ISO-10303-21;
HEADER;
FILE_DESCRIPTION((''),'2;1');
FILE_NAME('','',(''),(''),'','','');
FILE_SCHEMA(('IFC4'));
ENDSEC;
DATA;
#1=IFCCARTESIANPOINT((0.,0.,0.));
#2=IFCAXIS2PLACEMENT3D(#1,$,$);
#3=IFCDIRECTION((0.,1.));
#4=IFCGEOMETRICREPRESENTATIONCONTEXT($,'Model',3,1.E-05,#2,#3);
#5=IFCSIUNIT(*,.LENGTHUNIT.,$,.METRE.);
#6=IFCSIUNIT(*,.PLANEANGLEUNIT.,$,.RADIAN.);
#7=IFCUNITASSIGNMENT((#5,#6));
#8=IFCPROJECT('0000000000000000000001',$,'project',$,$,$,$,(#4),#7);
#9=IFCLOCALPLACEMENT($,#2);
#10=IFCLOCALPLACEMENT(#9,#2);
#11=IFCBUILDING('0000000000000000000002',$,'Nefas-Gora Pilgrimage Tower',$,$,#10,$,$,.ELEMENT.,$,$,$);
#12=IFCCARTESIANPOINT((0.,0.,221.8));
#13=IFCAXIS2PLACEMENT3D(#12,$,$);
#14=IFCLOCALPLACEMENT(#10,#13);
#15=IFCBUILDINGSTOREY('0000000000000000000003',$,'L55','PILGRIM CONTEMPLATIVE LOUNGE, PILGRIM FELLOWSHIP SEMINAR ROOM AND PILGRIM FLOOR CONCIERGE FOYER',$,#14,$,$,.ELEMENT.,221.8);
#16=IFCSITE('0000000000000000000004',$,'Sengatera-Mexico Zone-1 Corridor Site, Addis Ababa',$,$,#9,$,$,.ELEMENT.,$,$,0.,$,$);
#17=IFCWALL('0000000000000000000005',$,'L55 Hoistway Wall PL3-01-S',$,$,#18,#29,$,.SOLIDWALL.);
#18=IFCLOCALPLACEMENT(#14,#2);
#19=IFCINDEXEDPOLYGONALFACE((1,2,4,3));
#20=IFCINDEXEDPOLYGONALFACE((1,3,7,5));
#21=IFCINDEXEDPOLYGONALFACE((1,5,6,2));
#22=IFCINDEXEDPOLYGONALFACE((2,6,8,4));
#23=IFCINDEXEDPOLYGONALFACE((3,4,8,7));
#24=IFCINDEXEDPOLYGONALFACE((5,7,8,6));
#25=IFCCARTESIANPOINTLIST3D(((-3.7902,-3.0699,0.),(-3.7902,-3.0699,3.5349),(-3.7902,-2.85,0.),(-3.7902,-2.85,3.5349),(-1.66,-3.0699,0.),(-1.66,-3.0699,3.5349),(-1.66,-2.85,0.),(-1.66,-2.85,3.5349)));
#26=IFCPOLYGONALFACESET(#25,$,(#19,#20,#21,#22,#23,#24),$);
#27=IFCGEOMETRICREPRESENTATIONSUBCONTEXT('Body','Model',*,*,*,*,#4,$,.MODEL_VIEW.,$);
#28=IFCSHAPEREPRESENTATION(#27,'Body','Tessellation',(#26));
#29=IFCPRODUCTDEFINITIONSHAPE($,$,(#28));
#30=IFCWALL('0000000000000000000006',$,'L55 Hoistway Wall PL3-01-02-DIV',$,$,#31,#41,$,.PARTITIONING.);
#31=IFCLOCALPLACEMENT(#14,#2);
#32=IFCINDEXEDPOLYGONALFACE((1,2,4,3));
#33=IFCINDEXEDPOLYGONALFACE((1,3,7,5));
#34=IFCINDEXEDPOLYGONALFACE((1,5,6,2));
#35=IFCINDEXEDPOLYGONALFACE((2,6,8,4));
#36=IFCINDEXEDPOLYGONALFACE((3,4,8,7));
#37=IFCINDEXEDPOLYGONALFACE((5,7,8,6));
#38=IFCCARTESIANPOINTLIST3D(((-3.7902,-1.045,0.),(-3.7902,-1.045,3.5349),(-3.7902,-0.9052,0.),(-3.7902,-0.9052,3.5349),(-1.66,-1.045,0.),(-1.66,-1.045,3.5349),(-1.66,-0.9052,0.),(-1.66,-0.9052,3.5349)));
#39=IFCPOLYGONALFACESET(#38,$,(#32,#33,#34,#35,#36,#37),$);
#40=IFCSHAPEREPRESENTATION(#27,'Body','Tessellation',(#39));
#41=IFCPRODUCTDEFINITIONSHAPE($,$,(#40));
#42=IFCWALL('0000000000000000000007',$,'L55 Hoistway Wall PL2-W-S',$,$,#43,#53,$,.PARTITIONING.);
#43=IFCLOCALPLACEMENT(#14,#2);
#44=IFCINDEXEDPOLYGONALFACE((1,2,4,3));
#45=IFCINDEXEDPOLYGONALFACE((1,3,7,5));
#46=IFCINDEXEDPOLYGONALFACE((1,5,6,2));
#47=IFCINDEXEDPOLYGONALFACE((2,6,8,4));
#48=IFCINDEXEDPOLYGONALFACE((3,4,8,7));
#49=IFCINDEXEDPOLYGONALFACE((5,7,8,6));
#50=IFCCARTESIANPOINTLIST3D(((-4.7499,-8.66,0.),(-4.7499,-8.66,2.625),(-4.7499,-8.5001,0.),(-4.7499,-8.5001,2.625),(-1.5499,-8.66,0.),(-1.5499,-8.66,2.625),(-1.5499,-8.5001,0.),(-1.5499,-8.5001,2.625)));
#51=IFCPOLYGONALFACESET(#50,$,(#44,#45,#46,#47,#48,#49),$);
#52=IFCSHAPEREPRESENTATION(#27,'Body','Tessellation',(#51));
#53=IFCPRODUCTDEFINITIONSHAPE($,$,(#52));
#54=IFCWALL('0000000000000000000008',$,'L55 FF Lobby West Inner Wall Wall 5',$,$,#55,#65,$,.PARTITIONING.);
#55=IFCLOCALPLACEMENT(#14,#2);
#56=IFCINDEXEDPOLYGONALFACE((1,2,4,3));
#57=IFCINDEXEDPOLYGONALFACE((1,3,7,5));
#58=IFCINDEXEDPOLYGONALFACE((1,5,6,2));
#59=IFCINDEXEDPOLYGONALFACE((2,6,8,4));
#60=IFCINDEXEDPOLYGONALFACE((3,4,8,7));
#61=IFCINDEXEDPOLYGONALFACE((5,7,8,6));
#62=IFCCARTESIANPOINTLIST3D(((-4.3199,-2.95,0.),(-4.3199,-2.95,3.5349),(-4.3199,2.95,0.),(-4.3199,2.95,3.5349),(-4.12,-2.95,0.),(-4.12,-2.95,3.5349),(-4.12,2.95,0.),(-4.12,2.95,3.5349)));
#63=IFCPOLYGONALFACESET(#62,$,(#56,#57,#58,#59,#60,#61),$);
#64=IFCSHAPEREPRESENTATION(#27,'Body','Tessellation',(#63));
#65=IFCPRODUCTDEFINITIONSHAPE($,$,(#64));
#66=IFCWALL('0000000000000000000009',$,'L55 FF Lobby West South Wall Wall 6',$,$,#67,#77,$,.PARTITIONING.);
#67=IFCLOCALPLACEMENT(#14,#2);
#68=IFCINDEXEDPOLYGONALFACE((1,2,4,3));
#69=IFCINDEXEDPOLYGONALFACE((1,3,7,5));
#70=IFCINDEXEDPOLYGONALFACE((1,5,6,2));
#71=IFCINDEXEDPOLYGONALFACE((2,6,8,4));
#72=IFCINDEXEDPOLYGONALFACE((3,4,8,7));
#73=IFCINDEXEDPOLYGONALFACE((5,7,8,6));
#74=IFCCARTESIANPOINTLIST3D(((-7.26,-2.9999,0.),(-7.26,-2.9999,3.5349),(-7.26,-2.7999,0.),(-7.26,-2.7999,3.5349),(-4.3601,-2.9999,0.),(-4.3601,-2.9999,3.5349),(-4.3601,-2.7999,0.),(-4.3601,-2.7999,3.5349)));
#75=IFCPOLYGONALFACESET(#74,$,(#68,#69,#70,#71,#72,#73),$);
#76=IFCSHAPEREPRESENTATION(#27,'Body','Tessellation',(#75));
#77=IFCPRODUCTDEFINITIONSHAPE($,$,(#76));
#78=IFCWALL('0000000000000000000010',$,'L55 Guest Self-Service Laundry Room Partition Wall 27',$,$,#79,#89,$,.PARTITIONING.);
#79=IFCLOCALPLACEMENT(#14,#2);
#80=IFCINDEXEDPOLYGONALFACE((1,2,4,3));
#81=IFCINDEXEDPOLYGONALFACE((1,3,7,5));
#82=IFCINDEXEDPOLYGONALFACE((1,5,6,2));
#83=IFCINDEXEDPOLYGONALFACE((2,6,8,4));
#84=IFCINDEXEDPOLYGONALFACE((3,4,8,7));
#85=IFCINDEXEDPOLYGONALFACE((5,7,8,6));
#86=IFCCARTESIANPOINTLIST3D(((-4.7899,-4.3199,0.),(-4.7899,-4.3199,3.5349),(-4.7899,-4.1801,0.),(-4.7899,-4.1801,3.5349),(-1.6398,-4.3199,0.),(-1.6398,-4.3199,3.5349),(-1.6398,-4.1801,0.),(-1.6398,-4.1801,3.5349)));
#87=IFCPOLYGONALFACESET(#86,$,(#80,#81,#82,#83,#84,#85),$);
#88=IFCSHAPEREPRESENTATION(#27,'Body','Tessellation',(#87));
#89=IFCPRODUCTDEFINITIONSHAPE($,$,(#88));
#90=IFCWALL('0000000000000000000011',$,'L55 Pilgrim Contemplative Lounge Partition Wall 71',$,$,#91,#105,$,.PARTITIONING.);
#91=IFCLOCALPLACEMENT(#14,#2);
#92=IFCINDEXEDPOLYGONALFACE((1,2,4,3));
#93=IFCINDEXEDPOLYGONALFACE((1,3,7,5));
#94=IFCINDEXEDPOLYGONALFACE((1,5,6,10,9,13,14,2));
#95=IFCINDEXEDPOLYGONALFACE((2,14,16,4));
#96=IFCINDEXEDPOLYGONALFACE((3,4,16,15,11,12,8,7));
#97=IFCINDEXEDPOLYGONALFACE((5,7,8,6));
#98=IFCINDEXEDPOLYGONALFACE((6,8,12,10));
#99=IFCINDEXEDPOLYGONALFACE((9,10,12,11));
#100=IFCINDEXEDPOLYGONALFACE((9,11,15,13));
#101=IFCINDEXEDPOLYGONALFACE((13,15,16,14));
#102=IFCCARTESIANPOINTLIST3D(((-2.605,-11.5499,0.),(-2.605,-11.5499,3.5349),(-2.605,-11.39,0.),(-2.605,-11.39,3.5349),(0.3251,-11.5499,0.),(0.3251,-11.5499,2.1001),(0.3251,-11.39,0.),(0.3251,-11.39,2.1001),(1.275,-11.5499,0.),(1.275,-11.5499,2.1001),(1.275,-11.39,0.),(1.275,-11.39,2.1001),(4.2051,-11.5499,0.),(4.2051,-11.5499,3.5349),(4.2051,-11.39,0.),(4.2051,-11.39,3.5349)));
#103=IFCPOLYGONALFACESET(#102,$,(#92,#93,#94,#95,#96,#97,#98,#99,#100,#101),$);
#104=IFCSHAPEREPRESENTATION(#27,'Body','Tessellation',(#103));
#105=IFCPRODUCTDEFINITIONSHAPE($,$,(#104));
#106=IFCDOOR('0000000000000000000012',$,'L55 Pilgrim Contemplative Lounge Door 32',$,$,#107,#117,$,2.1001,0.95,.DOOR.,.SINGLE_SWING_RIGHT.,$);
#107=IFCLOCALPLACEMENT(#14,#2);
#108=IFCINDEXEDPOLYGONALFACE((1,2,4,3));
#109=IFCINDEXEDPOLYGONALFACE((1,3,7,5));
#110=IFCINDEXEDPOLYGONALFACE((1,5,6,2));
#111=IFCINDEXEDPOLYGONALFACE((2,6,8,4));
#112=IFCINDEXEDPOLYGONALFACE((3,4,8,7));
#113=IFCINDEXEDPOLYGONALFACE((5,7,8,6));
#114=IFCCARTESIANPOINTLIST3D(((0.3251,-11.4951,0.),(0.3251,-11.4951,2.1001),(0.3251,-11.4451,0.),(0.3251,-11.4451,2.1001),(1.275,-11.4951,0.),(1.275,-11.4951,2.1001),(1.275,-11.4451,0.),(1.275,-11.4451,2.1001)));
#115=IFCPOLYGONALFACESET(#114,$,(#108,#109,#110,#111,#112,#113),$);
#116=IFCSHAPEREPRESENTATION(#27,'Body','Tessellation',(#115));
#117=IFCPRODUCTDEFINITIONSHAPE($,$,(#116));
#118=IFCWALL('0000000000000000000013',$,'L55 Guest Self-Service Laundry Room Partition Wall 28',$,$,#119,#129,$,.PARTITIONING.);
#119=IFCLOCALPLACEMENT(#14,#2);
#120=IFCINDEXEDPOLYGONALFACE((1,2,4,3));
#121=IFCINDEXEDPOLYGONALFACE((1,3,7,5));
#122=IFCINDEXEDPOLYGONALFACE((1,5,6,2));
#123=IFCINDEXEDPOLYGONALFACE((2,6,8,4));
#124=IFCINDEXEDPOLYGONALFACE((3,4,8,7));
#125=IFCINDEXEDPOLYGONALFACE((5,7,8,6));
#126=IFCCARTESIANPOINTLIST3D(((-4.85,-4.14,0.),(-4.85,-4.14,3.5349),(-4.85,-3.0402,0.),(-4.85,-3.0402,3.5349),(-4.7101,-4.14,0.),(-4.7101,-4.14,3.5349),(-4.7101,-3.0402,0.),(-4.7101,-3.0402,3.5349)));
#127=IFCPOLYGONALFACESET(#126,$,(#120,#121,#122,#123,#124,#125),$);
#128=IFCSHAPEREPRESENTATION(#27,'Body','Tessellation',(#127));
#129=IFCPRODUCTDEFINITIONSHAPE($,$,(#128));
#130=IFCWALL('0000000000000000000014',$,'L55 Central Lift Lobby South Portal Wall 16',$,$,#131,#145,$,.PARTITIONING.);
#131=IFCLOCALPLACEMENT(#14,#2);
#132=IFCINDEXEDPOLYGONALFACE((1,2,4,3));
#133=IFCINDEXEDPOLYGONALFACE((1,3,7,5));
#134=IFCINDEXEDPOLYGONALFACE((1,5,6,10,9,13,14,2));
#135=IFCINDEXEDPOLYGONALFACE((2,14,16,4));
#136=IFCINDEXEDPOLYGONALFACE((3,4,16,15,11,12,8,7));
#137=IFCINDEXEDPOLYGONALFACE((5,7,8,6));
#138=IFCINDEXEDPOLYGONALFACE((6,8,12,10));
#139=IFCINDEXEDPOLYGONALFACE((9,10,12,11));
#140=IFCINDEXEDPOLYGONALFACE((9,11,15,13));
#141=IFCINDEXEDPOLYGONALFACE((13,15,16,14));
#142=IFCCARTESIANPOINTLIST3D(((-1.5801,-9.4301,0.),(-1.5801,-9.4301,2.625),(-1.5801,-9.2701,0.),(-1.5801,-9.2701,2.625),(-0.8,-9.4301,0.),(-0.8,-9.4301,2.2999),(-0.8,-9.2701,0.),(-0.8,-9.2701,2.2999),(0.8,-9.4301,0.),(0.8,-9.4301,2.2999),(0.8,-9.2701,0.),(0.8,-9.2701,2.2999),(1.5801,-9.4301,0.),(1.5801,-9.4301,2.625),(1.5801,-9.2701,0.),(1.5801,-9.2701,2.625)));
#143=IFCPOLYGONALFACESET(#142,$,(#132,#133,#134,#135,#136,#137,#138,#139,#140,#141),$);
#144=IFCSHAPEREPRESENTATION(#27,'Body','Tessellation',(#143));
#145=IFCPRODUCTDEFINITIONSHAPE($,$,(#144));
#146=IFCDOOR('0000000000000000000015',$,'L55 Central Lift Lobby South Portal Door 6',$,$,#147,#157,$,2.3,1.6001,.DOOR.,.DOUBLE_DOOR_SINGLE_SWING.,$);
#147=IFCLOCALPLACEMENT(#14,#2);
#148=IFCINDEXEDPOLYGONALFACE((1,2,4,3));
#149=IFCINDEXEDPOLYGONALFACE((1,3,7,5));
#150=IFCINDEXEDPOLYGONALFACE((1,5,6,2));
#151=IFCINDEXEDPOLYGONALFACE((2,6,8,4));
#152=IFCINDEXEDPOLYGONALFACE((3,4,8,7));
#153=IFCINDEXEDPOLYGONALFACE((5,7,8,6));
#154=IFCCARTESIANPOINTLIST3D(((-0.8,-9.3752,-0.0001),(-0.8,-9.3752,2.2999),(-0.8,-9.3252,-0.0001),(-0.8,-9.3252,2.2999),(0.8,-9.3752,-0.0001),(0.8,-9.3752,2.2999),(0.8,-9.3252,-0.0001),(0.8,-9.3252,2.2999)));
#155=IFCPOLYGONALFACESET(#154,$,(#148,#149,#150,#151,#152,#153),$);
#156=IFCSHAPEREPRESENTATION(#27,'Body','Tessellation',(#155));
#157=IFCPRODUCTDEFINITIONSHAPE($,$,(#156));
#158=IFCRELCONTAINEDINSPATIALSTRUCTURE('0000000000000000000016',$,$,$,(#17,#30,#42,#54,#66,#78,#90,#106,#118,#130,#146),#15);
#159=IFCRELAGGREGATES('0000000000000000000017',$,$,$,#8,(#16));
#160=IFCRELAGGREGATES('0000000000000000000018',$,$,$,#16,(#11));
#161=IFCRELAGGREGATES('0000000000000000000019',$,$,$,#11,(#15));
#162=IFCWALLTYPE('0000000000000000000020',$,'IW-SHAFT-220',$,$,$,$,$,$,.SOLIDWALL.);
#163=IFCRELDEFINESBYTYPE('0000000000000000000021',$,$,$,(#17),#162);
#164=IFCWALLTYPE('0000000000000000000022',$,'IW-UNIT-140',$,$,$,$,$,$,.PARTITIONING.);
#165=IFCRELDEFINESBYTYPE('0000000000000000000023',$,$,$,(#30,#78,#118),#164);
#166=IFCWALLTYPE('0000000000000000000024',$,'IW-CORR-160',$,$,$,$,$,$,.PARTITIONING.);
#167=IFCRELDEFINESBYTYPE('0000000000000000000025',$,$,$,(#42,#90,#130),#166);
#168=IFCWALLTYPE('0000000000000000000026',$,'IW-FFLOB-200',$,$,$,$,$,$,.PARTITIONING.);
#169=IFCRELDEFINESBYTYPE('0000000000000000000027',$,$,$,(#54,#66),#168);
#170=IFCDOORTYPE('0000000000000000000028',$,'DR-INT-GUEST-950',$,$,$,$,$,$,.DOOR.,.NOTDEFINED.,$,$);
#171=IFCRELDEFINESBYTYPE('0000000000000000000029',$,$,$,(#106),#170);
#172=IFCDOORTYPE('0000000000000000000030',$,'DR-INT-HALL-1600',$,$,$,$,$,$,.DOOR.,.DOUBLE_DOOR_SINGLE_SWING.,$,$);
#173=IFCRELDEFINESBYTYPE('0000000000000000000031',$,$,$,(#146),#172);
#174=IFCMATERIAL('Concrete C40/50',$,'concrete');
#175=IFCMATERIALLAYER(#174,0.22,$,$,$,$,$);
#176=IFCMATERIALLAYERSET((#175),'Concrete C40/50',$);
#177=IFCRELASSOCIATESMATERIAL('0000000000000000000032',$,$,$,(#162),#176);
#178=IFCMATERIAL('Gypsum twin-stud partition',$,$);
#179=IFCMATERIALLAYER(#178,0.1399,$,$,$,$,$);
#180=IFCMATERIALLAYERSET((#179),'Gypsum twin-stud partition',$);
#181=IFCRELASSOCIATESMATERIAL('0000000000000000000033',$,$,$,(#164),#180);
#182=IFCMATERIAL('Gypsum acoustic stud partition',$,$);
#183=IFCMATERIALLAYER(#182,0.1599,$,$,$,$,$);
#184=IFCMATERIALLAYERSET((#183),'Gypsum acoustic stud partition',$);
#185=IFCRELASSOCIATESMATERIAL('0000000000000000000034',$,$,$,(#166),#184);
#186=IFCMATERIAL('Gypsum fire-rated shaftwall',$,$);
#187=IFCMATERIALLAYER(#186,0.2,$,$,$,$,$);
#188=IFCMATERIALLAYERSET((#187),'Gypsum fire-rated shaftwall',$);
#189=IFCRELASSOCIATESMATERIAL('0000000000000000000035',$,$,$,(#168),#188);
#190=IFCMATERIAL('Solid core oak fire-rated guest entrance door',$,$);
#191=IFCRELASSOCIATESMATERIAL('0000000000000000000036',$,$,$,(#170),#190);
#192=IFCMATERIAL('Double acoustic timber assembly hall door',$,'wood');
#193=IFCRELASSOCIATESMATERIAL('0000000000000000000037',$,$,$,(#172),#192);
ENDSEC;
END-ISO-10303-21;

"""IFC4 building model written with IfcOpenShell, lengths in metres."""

from ifc_helpers import new_model, si_unit, direction, frame, frame_2d, origin, place, context, subcontext, project, spatial, rectangle, extrude, source, transform, mapped, material, layer, layer_set, type_object, element, fill, save


model = new_model("IFC4")

# Units and contexts
model_context = context("Model", 3, precision=1e-05, world=origin(), true_north=direction((0.0, 1.0)))
body_context = subcontext(model_context, "Body", "Model", "MODEL_VIEW")
ifc_project = project(units=[si_unit("LENGTHUNIT", "METRE"), si_unit("PLANEANGLEUNIT", "RADIAN")], contexts=[model_context])

# Site, building, storey
site_placement = place(None, origin())
site = spatial("IfcSite", under=ifc_project, at=site_placement, Name="Sengatera-Mexico Zone-1 Corridor Site, Addis Ababa", CompositionType="ELEMENT", RefElevation=0.0)
building_placement = place(site_placement, origin())
building = spatial("IfcBuilding", under=site, at=building_placement, Name="Nefas-Gora Pilgrimage Tower", CompositionType="ELEMENT")
storey_placement = place(building_placement, frame((0.0, 0.0, 221.8)))
storey = spatial("IfcBuildingStorey", under=building, at=storey_placement, Name="L55", Description="PILGRIM CONTEMPLATIVE LOUNGE, PILGRIM FELLOWSHIP SEMINAR ROOM AND PILGRIM FLOOR CONCIERGE FOYER", CompositionType="ELEMENT", Elevation=221.8)

# Shared definitions
ifc_material_1 = material(Name="Concrete C40/50", Category="concrete")
ifc_layer_1 = layer(ifc_material_1, 0.22)
ifc_layer_set_1 = layer_set([ifc_layer_1], Name="Concrete C40/50")
wall_type_1 = type_object("IfcWallType", Name="IW-SHAFT-220", PredefinedType="SOLIDWALL", material=ifc_layer_set_1)

# Walls
ifc_material_2 = material(Name="Gypsum twin-stud partition")
ifc_layer_2 = layer(ifc_material_2, 0.1399)
ifc_layer_set_2 = layer_set([ifc_layer_2], Name="Gypsum twin-stud partition")
wall_type_2 = type_object("IfcWallType", Name="IW-UNIT-140", PredefinedType="PARTITIONING", material=ifc_layer_set_2)
shared_shape_1 = source(origin(), body_context, "Body", "SweptSolid", [
    extrude(rectangle(XDim=2.1301, YDim=0.22, at=frame_2d((1.0649, 0.0))), origin(), (0.0, 0.0, 1.0), 3.5349),
])
wall_1_placement = place(storey_placement, frame((-3.79, -2.96, 0.0), z_axis=(0.0, 0.0, 1.0), x_axis=(1.0, 0.0, 0.0)))
element("IfcWall", 1, at=wall_1_placement, inside=storey, type_object=wall_type_1, Name="L55 Hoistway Wall PL3-01-S", PredefinedType="SOLIDWALL", context=body_context, shape_type="MappedRepresentation", body=[
    mapped(shared_shape_1, transform((0.0, 0.0, 0.0), x_axis=(1.0, 0.0, 0.0), y_axis=(0.0, 1.0, 0.0), z_axis=(0.0, 0.0, 1.0), scale=1.0)),
])
shared_shape_2 = source(origin(), body_context, "Body", "SweptSolid", [
    extrude(rectangle(XDim=2.1301, YDim=0.1399, at=frame_2d((1.0649, 0.0))), origin(), (0.0, 0.0, 1.0), 3.5349),
])
wall_2_placement = place(storey_placement, frame((-3.79, -0.9751, 0.0), z_axis=(0.0, 0.0, 1.0), x_axis=(1.0, 0.0, 0.0)))
element("IfcWall", 2, at=wall_2_placement, inside=storey, type_object=wall_type_2, Name="L55 Hoistway Wall PL3-01-02-DIV", PredefinedType="PARTITIONING", context=body_context, shape_type="MappedRepresentation", body=[
    mapped(shared_shape_2, transform((0.0, 0.0, 0.0), x_axis=(1.0, 0.0, 0.0), y_axis=(0.0, 1.0, 0.0), z_axis=(0.0, 0.0, 1.0), scale=1.0)),
])
ifc_material_3 = material(Name="Gypsum acoustic stud partition")
ifc_layer_3 = layer(ifc_material_3, 0.1599)
ifc_layer_set_3 = layer_set([ifc_layer_3], Name="Gypsum acoustic stud partition")
wall_type_3 = type_object("IfcWallType", Name="IW-CORR-160", PredefinedType="PARTITIONING", material=ifc_layer_set_3)
shared_shape_3 = source(origin(), body_context, "Body", "SweptSolid", [
    extrude(rectangle(XDim=3.2, YDim=0.1599, at=frame_2d((1.6001, 0.0))), origin(), (0.0, 0.0, 1.0), 2.625),
])
wall_3_placement = place(storey_placement, frame((-4.75, -8.5801, 0.0), z_axis=(0.0, 0.0, 1.0), x_axis=(1.0, 0.0, 0.0)))
element("IfcWall", 3, at=wall_3_placement, inside=storey, type_object=wall_type_3, Name="L55 Hoistway Wall PL2-W-S", PredefinedType="PARTITIONING", context=body_context, shape_type="MappedRepresentation", body=[
    mapped(shared_shape_3, transform((0.0, 0.0, 0.0), x_axis=(1.0, 0.0, 0.0), y_axis=(0.0, 1.0, 0.0), z_axis=(0.0, 0.0, 1.0), scale=1.0)),
])
ifc_material_4 = material(Name="Gypsum fire-rated shaftwall")
ifc_layer_4 = layer(ifc_material_4, 0.2)
ifc_layer_set_4 = layer_set([ifc_layer_4], Name="Gypsum fire-rated shaftwall")
wall_type_4 = type_object("IfcWallType", Name="IW-FFLOB-200", PredefinedType="PARTITIONING", material=ifc_layer_set_4)
shared_shape_4 = source(origin(), body_context, "Body", "SweptSolid", [
    extrude(rectangle(XDim=5.8999, YDim=0.2, at=frame_2d((2.95, 0.0))), origin(), (0.0, 0.0, 1.0), 3.5349),
])
wall_4_placement = place(storey_placement, frame((-4.22, -2.95, 0.0), z_axis=(0.0, 0.0, 1.0), x_axis=(0.0, 1.0, 0.0)))
element("IfcWall", 4, at=wall_4_placement, inside=storey, type_object=wall_type_4, Name="L55 FF Lobby West Inner Wall Wall 5", PredefinedType="PARTITIONING", context=body_context, shape_type="MappedRepresentation", body=[
    mapped(shared_shape_4, transform((0.0, 0.0, 0.0), x_axis=(1.0, 0.0, 0.0), y_axis=(0.0, 1.0, 0.0), z_axis=(0.0, 0.0, 1.0), scale=1.0)),
])
shared_shape_5 = source(origin(), body_context, "Body", "SweptSolid", [
    extrude(rectangle(XDim=2.8999, YDim=0.2, at=frame_2d((1.45, 0.0))), origin(), (0.0, 0.0, 1.0), 3.5349),
])
wall_5_placement = place(storey_placement, frame((-7.26, -2.8999, 0.0), z_axis=(0.0, 0.0, 1.0), x_axis=(1.0, 0.0, 0.0)))
element("IfcWall", 5, at=wall_5_placement, inside=storey, type_object=wall_type_4, Name="L55 FF Lobby West South Wall Wall 6", PredefinedType="PARTITIONING", context=body_context, shape_type="MappedRepresentation", body=[
    mapped(shared_shape_5, transform((0.0, 0.0, 0.0), x_axis=(1.0, 0.0, 0.0), y_axis=(0.0, 1.0, 0.0), z_axis=(0.0, 0.0, 1.0), scale=1.0)),
])
shared_shape_6 = source(origin(), body_context, "Body", "SweptSolid", [
    extrude(rectangle(XDim=3.1501, YDim=0.1399, at=frame_2d((1.5752, 0.0))), origin(), (0.0, 0.0, 1.0), 3.5349),
])
wall_6_placement = place(storey_placement, frame((-4.79, -4.25, 0.0), z_axis=(0.0, 0.0, 1.0), x_axis=(1.0, 0.0, 0.0)))
element("IfcWall", 6, at=wall_6_placement, inside=storey, type_object=wall_type_2, Name="L55 Guest Self-Service Laundry Room Partition Wall 27", PredefinedType="PARTITIONING", context=body_context, shape_type="MappedRepresentation", body=[
    mapped(shared_shape_6, transform((0.0, 0.0, 0.0), x_axis=(1.0, 0.0, 0.0), y_axis=(0.0, 1.0, 0.0), z_axis=(0.0, 0.0, 1.0), scale=1.0)),
])

# Wall, opening, door
shared_shape_7 = source(origin(), body_context, "Body", "SweptSolid", [
    extrude(rectangle(XDim=6.8101, YDim=0.1599, at=frame_2d((3.405, 0.0))), origin(), (0.0, 0.0, 1.0), 3.5349),
])
wall_7_placement = place(storey_placement, frame((-2.605, -11.47, 0.0), z_axis=(0.0, 0.0, 1.0), x_axis=(1.0, 0.0, 0.0)))
wall_7 = element("IfcWall", 7, at=wall_7_placement, inside=storey, type_object=wall_type_3, Name="L55 Pilgrim Contemplative Lounge Partition Wall 71", PredefinedType="PARTITIONING", context=body_context, shape_type="MappedRepresentation", body=[
    mapped(shared_shape_7, transform((0.0, 0.0, 0.0), x_axis=(1.0, 0.0, 0.0), y_axis=(0.0, 1.0, 0.0), z_axis=(0.0, 0.0, 1.0), scale=1.0)),
])
opening_1_placement = place(wall_7_placement, frame((2.9299, 0.0, 0.0)))
opening_1 = element("IfcOpeningElement", 8, at=opening_1_placement, cuts=wall_7, PredefinedType="OPENING", context=body_context, shape_type="SweptSolid", body=[
    extrude(rectangle(XDim=0.95, YDim=2.1001, at=frame_2d((0.4751, 1.05))), frame((0.0, 0.0898, 0.0), z_axis=(0.0, -1.0, 0.0), x_axis=(1.0, 0.0, 0.0)), (0.0, 0.0, 1.0), 0.1799),
])
ifc_material_5 = material(Name="Solid core oak fire-rated guest entrance door")
door_type_1 = type_object("IfcDoorType", Name="DR-INT-GUEST-950", OperationType="NOTDEFINED", PredefinedType="DOOR", material=ifc_material_5)
shared_shape_8 = source(origin(), body_context, "Body", "SweptSolid", [
    extrude(rectangle(XDim=0.95, YDim=2.1001, at=frame_2d((0.4751, 1.05))), frame((0.0, 0.0249, 0.0), z_axis=(0.0, -1.0, 0.0), x_axis=(1.0, 0.0, 0.0)), (0.0, 0.0, 1.0), 0.05),
])
door_1_placement = place(opening_1_placement, origin())
door_1 = element("IfcDoor", 9, at=door_1_placement, inside=storey, type_object=door_type_1, Name="L55 Pilgrim Contemplative Lounge Door 32", OperationType="SINGLE_SWING_RIGHT", OverallHeight=2.1001, OverallWidth=0.95, PredefinedType="DOOR", context=body_context, shape_type="MappedRepresentation", body=[
    mapped(shared_shape_8, transform((0.0, 0.0, 0.0), x_axis=(1.0, 0.0, 0.0), y_axis=(0.0, 1.0, 0.0), z_axis=(0.0, 0.0, 1.0), scale=1.0)),
])
fill(opening_1, door_1)

# Wall
shared_shape_9 = source(origin(), body_context, "Body", "SweptSolid", [
    extrude(rectangle(XDim=1.0999, YDim=0.1399, at=frame_2d((0.5498, 0.0))), origin(), (0.0, 0.0, 1.0), 3.5349),
])
wall_8_placement = place(storey_placement, frame((-4.78, -4.1399, 0.0), z_axis=(0.0, 0.0, 1.0), x_axis=(0.0, 1.0, 0.0)))
element("IfcWall", 10, at=wall_8_placement, inside=storey, type_object=wall_type_2, Name="L55 Guest Self-Service Laundry Room Partition Wall 28", PredefinedType="PARTITIONING", context=body_context, shape_type="MappedRepresentation", body=[
    mapped(shared_shape_9, transform((0.0, 0.0, 0.0), x_axis=(1.0, 0.0, 0.0), y_axis=(0.0, 1.0, 0.0), z_axis=(0.0, 0.0, 1.0), scale=1.0)),
])

# Wall, opening, door
shared_shape_10 = source(origin(), body_context, "Body", "SweptSolid", [
    extrude(rectangle(XDim=3.1602, YDim=0.1599, at=frame_2d((1.5801, 0.0))), origin(), (0.0, 0.0, 1.0), 2.625),
])
wall_9_placement = place(storey_placement, frame((-1.5801, -9.3501, 0.0), z_axis=(0.0, 0.0, 1.0), x_axis=(1.0, 0.0, 0.0)))
wall_9 = element("IfcWall", 11, at=wall_9_placement, inside=storey, type_object=wall_type_3, Name="L55 Central Lift Lobby South Portal Wall 16", PredefinedType="PARTITIONING", context=body_context, shape_type="MappedRepresentation", body=[
    mapped(shared_shape_10, transform((0.0, 0.0, 0.0), x_axis=(1.0, 0.0, 0.0), y_axis=(0.0, 1.0, 0.0), z_axis=(0.0, 0.0, 1.0), scale=1.0)),
])
opening_2_placement = place(wall_9_placement, frame((0.78, 0.0, 0.0)))
opening_2 = element("IfcOpeningElement", 12, at=opening_2_placement, cuts=wall_9, PredefinedType="OPENING", context=body_context, shape_type="SweptSolid", body=[
    extrude(rectangle(XDim=1.6001, YDim=2.3, at=frame_2d((0.8, 1.1499))), frame((0.0, 0.0898, 0.0), z_axis=(0.0, -1.0, 0.0), x_axis=(1.0, 0.0, 0.0)), (0.0, 0.0, 1.0), 0.1799),
])
ifc_material_6 = material(Name="Double acoustic timber assembly hall door", Category="wood")
door_type_2 = type_object("IfcDoorType", Name="DR-INT-HALL-1600", OperationType="DOUBLE_DOOR_SINGLE_SWING", PredefinedType="DOOR", material=ifc_material_6)
shared_shape_11 = source(origin(), body_context, "Body", "SweptSolid", [
    extrude(rectangle(XDim=1.6001, YDim=2.3, at=frame_2d((0.8, 1.1499))), frame((0.0, 0.0249, 0.0), z_axis=(0.0, -1.0, 0.0), x_axis=(1.0, 0.0, 0.0)), (0.0, 0.0, 1.0), 0.05),
])
door_2_placement = place(opening_2_placement, origin())
door_2 = element("IfcDoor", 13, at=door_2_placement, inside=storey, type_object=door_type_2, Name="L55 Central Lift Lobby South Portal Door 6", OperationType="DOUBLE_DOOR_SINGLE_SWING", OverallHeight=2.3, OverallWidth=1.6001, PredefinedType="DOOR", context=body_context, shape_type="MappedRepresentation", body=[
    mapped(shared_shape_11, transform((0.0, 0.0, 0.0), x_axis=(1.0, 0.0, 0.0), y_axis=(0.0, 1.0, 0.0), z_axis=(0.0, 0.0, 1.0), scale=1.0)),
])
fill(opening_2, door_2)

save(model, "model.ifc")
